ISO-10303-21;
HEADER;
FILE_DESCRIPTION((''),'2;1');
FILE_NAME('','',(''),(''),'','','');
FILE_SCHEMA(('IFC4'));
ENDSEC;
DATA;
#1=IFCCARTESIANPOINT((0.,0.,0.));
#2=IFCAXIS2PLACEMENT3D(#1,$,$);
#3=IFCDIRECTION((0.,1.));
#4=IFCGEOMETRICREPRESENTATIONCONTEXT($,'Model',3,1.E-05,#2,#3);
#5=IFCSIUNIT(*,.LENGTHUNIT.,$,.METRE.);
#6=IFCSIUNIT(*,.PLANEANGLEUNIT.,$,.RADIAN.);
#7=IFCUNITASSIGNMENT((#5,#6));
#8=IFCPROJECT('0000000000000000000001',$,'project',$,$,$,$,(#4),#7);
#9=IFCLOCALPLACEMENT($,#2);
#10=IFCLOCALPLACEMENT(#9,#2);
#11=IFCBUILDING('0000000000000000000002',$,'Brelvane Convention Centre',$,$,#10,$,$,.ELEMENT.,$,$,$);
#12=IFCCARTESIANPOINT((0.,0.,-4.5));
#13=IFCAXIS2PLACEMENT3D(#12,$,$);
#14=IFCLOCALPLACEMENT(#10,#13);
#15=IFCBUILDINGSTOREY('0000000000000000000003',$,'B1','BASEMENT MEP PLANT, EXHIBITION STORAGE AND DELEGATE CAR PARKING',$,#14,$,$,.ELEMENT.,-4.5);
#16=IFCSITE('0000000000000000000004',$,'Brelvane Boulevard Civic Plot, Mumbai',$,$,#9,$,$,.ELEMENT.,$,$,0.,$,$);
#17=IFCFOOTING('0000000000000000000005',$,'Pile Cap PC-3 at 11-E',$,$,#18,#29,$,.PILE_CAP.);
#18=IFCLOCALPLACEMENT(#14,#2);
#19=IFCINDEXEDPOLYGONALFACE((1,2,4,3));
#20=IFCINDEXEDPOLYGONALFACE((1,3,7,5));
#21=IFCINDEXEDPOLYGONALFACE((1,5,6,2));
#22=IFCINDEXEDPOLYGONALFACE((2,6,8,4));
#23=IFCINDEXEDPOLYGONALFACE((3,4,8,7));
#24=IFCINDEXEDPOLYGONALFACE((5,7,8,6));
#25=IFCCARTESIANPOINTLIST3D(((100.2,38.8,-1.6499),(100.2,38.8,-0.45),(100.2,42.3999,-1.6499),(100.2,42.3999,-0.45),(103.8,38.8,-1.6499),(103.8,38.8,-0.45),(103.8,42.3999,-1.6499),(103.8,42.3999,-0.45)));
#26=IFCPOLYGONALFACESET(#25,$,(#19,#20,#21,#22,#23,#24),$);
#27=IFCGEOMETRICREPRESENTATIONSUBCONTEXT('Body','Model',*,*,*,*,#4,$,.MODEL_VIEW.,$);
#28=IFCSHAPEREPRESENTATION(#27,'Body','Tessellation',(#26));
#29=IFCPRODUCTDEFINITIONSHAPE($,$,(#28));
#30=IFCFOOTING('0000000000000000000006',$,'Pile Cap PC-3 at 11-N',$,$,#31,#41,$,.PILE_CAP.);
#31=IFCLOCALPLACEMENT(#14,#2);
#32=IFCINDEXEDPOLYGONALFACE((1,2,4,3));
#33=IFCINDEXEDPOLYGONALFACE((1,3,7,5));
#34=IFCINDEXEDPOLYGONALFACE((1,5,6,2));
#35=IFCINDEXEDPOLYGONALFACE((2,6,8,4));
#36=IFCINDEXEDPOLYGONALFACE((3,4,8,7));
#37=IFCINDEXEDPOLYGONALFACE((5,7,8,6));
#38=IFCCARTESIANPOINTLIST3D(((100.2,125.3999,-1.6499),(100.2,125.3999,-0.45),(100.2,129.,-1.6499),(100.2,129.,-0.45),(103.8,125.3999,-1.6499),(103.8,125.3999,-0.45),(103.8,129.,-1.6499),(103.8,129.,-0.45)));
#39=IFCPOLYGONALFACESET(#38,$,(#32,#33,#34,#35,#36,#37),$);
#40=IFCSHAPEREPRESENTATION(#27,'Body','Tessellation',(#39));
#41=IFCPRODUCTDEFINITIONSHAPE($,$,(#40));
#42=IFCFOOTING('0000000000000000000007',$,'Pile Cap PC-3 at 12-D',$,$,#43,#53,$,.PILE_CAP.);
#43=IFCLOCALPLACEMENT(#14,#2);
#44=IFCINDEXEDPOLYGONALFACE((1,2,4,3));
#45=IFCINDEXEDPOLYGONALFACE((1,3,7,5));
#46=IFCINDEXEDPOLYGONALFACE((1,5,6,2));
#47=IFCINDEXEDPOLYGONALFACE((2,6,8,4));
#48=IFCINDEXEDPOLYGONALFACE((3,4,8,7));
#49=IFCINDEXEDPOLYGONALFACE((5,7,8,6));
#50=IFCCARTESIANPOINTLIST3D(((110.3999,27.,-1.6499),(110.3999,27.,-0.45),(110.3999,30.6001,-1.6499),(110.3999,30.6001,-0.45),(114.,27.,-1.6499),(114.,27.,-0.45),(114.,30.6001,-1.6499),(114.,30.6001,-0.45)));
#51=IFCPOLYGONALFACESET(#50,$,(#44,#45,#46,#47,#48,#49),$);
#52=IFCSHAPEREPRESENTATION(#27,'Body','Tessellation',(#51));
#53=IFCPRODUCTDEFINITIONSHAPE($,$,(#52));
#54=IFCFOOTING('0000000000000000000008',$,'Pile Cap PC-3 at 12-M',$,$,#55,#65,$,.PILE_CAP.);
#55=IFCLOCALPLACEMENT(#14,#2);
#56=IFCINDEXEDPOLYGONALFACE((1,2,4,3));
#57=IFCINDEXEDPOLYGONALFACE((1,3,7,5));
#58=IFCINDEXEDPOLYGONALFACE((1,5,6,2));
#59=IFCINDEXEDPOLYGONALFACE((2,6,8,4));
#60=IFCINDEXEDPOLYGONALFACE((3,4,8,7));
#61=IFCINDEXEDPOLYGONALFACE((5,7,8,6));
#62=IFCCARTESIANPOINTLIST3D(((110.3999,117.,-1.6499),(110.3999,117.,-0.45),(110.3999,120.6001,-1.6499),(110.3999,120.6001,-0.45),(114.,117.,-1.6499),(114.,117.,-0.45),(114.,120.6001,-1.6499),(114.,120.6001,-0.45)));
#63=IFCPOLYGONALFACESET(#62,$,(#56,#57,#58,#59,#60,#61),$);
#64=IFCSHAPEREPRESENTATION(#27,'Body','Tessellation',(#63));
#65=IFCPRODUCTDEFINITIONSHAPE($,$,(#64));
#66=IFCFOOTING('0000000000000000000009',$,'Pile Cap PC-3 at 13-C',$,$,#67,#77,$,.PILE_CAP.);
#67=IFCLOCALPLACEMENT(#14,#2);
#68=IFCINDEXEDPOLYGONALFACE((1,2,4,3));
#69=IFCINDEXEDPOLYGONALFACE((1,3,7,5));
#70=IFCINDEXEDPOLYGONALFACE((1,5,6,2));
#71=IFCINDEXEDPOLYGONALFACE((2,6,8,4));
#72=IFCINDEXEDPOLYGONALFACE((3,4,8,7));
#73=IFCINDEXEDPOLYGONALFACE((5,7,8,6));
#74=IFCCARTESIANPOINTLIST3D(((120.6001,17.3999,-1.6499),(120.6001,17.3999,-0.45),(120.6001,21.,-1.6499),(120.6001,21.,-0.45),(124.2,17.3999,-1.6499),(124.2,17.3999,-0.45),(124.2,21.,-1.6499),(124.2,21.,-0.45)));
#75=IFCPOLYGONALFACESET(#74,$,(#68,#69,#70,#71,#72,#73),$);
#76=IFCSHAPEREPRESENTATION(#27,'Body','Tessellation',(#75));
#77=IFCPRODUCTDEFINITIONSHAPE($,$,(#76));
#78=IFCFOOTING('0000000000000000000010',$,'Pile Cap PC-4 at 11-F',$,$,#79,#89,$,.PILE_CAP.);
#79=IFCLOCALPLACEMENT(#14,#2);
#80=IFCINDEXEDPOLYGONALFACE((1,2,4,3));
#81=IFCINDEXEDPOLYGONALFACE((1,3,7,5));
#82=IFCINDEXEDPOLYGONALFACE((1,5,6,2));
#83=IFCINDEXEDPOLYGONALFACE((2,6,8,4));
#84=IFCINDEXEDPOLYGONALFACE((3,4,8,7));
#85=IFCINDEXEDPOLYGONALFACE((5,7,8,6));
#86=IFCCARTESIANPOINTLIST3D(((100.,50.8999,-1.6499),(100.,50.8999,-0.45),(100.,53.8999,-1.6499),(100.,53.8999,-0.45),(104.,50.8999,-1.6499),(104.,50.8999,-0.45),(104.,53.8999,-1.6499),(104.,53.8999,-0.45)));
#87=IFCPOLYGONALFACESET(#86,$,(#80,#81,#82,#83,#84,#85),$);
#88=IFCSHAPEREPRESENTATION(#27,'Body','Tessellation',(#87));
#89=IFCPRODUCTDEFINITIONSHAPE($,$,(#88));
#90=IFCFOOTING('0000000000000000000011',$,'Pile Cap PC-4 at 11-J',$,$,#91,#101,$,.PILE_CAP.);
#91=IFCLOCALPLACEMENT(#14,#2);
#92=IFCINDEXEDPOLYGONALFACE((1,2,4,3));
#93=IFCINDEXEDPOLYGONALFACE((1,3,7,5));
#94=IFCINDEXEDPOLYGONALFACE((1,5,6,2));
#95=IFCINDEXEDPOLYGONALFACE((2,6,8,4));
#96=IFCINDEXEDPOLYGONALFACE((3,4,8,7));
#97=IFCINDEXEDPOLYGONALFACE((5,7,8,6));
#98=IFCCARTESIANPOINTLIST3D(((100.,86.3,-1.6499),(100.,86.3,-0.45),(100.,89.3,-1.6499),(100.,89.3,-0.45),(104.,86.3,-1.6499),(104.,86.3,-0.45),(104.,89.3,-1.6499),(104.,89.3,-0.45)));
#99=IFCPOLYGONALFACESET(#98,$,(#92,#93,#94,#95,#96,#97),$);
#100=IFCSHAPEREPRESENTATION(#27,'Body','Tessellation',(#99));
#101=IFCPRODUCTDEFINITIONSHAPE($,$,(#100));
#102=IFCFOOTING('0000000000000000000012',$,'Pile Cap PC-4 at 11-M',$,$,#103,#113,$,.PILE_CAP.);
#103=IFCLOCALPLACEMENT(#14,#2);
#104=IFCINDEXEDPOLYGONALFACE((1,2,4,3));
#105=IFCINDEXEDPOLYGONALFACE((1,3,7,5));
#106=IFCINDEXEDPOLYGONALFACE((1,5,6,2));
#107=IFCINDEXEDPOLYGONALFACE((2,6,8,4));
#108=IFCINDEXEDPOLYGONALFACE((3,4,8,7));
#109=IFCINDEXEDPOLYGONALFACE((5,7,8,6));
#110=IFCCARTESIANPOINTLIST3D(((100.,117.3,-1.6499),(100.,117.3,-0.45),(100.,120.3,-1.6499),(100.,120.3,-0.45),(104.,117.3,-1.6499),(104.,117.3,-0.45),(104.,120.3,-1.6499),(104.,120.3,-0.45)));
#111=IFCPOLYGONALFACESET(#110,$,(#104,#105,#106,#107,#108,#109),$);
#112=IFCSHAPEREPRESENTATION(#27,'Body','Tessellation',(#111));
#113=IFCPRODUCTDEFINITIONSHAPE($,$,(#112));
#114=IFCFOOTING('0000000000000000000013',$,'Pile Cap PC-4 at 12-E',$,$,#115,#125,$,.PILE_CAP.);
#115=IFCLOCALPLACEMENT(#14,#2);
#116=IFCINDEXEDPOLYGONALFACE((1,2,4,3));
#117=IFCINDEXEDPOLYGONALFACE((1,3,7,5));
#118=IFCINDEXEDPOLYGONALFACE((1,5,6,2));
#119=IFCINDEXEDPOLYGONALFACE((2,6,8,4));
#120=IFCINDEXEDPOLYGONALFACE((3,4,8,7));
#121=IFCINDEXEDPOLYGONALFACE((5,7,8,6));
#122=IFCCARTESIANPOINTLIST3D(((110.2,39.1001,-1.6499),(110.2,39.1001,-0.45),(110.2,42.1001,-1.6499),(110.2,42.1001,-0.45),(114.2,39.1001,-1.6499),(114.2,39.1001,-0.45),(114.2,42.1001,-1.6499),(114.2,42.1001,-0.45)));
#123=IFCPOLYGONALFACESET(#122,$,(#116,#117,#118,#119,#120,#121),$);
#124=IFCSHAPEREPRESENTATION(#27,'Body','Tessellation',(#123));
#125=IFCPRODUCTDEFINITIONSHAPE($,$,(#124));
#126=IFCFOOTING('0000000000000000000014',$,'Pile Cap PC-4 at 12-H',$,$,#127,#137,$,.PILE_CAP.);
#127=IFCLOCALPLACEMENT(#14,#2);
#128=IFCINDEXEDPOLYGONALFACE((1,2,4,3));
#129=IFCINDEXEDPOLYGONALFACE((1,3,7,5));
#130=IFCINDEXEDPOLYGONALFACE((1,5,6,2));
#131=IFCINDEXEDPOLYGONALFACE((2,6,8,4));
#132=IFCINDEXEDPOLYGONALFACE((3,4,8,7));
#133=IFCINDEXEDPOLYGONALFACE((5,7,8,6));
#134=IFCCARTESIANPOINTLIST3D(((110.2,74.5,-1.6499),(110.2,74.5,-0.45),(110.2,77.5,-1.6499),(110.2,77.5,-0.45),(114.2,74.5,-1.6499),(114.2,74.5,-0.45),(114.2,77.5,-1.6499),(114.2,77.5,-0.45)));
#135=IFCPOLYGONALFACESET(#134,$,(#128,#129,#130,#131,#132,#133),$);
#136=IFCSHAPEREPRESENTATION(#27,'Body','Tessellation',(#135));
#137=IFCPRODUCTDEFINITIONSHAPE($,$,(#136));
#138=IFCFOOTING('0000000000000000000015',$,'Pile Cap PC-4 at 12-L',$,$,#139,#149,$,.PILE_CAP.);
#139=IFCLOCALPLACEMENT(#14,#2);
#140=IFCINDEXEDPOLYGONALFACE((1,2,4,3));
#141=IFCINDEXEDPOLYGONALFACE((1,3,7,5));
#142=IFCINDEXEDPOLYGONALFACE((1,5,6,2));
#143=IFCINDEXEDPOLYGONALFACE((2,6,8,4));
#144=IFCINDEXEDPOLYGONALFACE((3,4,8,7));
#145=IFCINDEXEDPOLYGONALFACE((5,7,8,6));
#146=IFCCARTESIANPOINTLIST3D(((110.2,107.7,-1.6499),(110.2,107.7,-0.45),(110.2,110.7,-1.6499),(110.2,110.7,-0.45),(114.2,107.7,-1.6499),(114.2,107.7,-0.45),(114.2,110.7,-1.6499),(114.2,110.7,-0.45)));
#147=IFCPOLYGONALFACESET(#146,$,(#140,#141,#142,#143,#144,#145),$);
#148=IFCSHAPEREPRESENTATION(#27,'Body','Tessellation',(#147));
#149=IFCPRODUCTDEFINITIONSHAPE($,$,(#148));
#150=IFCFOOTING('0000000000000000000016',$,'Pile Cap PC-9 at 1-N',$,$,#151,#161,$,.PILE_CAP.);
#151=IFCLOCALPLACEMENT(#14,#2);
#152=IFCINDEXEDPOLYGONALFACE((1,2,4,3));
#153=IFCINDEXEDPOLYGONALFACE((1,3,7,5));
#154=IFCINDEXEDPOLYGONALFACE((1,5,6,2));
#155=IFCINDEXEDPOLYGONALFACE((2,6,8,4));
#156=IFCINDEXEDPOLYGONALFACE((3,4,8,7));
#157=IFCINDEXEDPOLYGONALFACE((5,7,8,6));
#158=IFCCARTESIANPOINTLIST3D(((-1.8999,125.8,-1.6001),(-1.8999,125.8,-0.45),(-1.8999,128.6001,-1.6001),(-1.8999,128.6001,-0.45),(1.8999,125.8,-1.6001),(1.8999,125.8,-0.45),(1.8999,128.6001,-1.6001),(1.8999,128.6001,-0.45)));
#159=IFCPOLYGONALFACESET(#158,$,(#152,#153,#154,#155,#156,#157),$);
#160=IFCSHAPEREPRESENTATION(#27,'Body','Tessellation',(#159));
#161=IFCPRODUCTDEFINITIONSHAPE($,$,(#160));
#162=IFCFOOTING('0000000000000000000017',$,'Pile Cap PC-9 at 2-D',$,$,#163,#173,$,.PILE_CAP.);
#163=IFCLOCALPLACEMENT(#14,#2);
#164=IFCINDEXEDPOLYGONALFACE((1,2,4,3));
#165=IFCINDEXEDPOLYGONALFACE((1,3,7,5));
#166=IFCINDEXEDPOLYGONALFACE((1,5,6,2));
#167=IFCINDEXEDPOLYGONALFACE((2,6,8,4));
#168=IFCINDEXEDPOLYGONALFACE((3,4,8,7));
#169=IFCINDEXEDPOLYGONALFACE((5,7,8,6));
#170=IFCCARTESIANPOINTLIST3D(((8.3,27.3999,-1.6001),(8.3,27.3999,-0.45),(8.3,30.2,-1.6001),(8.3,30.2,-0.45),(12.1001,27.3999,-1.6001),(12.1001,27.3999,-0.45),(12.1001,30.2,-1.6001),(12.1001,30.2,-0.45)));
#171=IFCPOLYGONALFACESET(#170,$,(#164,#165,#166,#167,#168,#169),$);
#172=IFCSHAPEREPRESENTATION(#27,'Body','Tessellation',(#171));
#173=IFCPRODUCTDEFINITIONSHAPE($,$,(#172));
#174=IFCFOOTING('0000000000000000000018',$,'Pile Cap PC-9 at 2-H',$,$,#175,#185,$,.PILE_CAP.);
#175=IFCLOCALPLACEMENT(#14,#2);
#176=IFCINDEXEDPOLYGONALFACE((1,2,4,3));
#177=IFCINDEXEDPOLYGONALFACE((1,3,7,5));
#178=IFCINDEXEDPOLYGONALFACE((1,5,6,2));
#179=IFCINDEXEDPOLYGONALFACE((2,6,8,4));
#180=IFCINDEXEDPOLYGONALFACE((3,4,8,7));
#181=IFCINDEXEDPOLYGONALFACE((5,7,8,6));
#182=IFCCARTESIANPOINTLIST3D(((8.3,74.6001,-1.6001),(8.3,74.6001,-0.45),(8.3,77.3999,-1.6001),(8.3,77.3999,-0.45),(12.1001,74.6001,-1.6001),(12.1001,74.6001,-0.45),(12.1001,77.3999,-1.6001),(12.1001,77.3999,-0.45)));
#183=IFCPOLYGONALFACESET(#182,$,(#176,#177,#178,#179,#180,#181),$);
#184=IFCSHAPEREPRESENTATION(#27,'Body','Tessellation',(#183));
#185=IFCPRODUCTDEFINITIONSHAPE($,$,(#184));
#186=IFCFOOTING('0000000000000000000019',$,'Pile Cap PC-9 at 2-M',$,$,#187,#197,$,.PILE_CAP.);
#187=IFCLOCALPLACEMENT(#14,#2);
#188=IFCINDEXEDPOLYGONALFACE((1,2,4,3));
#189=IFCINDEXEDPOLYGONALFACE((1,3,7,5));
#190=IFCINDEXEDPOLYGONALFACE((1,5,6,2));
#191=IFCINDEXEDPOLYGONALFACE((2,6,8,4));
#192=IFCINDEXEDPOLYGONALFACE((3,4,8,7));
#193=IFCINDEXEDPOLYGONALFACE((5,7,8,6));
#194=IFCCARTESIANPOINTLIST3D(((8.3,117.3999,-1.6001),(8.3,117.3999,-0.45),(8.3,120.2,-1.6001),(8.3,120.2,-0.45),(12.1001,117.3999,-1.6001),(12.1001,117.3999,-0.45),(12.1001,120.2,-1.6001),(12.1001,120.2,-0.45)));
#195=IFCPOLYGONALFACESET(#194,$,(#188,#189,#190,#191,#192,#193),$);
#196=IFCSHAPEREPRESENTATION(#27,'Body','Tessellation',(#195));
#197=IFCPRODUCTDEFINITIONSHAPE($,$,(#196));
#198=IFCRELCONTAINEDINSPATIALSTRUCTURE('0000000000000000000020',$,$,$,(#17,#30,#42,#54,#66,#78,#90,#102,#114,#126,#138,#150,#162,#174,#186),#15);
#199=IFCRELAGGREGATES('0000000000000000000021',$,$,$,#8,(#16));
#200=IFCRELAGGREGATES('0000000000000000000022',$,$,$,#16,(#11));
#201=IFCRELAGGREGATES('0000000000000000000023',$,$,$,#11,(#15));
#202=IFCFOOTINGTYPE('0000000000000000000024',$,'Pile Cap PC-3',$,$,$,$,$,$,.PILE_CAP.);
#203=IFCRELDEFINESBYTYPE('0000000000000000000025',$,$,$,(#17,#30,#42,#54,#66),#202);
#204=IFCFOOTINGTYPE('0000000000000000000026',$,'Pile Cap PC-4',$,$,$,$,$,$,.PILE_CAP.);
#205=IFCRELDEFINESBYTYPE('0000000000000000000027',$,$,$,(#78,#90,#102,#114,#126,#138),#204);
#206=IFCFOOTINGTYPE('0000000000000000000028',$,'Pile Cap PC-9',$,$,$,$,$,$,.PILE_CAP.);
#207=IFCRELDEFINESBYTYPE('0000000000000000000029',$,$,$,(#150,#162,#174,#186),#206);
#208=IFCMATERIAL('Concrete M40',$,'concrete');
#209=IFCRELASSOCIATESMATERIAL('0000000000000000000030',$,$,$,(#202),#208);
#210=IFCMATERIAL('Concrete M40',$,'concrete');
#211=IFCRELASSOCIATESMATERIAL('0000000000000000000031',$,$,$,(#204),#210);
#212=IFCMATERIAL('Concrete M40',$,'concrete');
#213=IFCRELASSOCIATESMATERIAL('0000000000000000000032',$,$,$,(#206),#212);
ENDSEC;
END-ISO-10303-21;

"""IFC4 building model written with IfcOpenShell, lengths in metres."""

from ifc_helpers import new_model, si_unit, direction, frame, origin, place, context, subcontext, project, spatial, polyline, outline, extrude, material, type_object, element, save


model = new_model("IFC4")

# Units and contexts
model_context = context("Model", 3, precision=1e-05, world=origin(), true_north=direction((0.0, 1.0)))
body_context = subcontext(model_context, "Body", "Model", "MODEL_VIEW")
ifc_project = project(units=[si_unit("LENGTHUNIT", "METRE"), si_unit("PLANEANGLEUNIT", "RADIAN")], contexts=[model_context])

# Site, building, storey
site_placement = place(None, origin())
site = spatial("IfcSite", under=ifc_project, at=site_placement, Name="Brelvane Boulevard Civic Plot, Mumbai", CompositionType="ELEMENT", RefElevation=0.0)
building_placement = place(site_placement, origin())
building = spatial("IfcBuilding", under=site, at=building_placement, Name="Brelvane Convention Centre", CompositionType="ELEMENT")
storey_placement = place(building_placement, frame((0.0, 0.0, -4.5)))
storey = spatial("IfcBuildingStorey", under=building, at=storey_placement, Name="B1", Description="BASEMENT MEP PLANT, EXHIBITION STORAGE AND DELEGATE CAR PARKING", CompositionType="ELEMENT", Elevation=-4.5)

# Footings
ifc_material_1 = material(Name="Concrete M40", Category="concrete")
footing_type_1 = type_object("IfcFootingType", Name="Pile Cap PC-3", PredefinedType="PILE_CAP", material=ifc_material_1)
footing_1_placement = place(storey_placement, frame((0.0, 0.0, -1.6499)))
element("IfcFooting", 1, at=footing_1_placement, inside=storey, type_object=footing_type_1, Name="Pile Cap PC-3 at 11-E", PredefinedType="PILE_CAP", context=body_context, shape_type="SweptSolid", body=[
    extrude(outline(polyline([(100.2, 38.8), (103.8, 38.8), (103.8, 42.3999), (100.2, 42.3999), (100.2, 38.8)])), origin(), (0.0, 0.0, 1.0), 1.2),
])
footing_2_placement = place(storey_placement, frame((0.0, 0.0, -1.6499)))
element("IfcFooting", 2, at=footing_2_placement, inside=storey, type_object=footing_type_1, Name="Pile Cap PC-3 at 11-N", PredefinedType="PILE_CAP", context=body_context, shape_type="SweptSolid", body=[
    extrude(outline(polyline([(100.2, 125.3999), (103.8, 125.3999), (103.8, 129.0), (100.2, 129.0), (100.2, 125.3999)])), origin(), (0.0, 0.0, 1.0), 1.2),
])
footing_3_placement = place(storey_placement, frame((0.0, 0.0, -1.6499)))
element("IfcFooting", 3, at=footing_3_placement, inside=storey, type_object=footing_type_1, Name="Pile Cap PC-3 at 12-D", PredefinedType="PILE_CAP", context=body_context, shape_type="SweptSolid", body=[
    extrude(outline(polyline([(110.3999, 27.0), (114.0, 27.0), (114.0, 30.6001), (110.3999, 30.6001), (110.3999, 27.0)])), origin(), (0.0, 0.0, 1.0), 1.2),
])
footing_4_placement = place(storey_placement, frame((0.0, 0.0, -1.6499)))
element("IfcFooting", 4, at=footing_4_placement, inside=storey, type_object=footing_type_1, Name="Pile Cap PC-3 at 12-M", PredefinedType="PILE_CAP", context=body_context, shape_type="SweptSolid", body=[
    extrude(outline(polyline([(110.3999, 117.0), (114.0, 117.0), (114.0, 120.6001), (110.3999, 120.6001), (110.3999, 117.0)])), origin(), (0.0, 0.0, 1.0), 1.2),
])
footing_5_placement = place(storey_placement, frame((0.0, 0.0, -1.6499)))
element("IfcFooting", 5, at=footing_5_placement, inside=storey, type_object=footing_type_1, Name="Pile Cap PC-3 at 13-C", PredefinedType="PILE_CAP", context=body_context, shape_type="SweptSolid", body=[
    extrude(outline(polyline([(120.6001, 17.3999), (124.2, 17.3999), (124.2, 21.0), (120.6001, 21.0), (120.6001, 17.3999)])), origin(), (0.0, 0.0, 1.0), 1.2),
])
ifc_material_2 = material(Name="Concrete M40", Category="concrete")
footing_type_2 = type_object("IfcFootingType", Name="Pile Cap PC-4", PredefinedType="PILE_CAP", material=ifc_material_2)
footing_6_placement = place(storey_placement, frame((0.0, 0.0, -1.6499)))
element("IfcFooting", 6, at=footing_6_placement, inside=storey, type_object=footing_type_2, Name="Pile Cap PC-4 at 11-F", PredefinedType="PILE_CAP", context=body_context, shape_type="SweptSolid", body=[
    extrude(outline(polyline([(100.0, 50.8999), (104.0, 50.8999), (104.0, 53.8999), (100.0, 53.8999), (100.0, 50.8999)])), origin(), (0.0, 0.0, 1.0), 1.2),
])
footing_7_placement = place(storey_placement, frame((0.0, 0.0, -1.6499)))
element("IfcFooting", 7, at=footing_7_placement, inside=storey, type_object=footing_type_2, Name="Pile Cap PC-4 at 11-J", PredefinedType="PILE_CAP", context=body_context, shape_type="SweptSolid", body=[
    extrude(outline(polyline([(100.0, 86.3), (104.0, 86.3), (104.0, 89.3), (100.0, 89.3), (100.0, 86.3)])), origin(), (0.0, 0.0, 1.0), 1.2),
])
footing_8_placement = place(storey_placement, frame((0.0, 0.0, -1.6499)))
element("IfcFooting", 8, at=footing_8_placement, inside=storey, type_object=footing_type_2, Name="Pile Cap PC-4 at 11-M", PredefinedType="PILE_CAP", context=body_context, shape_type="SweptSolid", body=[
    extrude(outline(polyline([(100.0, 117.3), (104.0, 117.3), (104.0, 120.3), (100.0, 120.3), (100.0, 117.3)])), origin(), (0.0, 0.0, 1.0), 1.2),
])
footing_9_placement = place(storey_placement, frame((0.0, 0.0, -1.6499)))
element("IfcFooting", 9, at=footing_9_placement, inside=storey, type_object=footing_type_2, Name="Pile Cap PC-4 at 12-E", PredefinedType="PILE_CAP", context=body_context, shape_type="SweptSolid", body=[
    extrude(outline(polyline([(110.2, 39.1001), (114.2, 39.1001), (114.2, 42.1001), (110.2, 42.1001), (110.2, 39.1001)])), origin(), (0.0, 0.0, 1.0), 1.2),
])
footing_10_placement = place(storey_placement, frame((0.0, 0.0, -1.6499)))
element("IfcFooting", 10, at=footing_10_placement, inside=storey, type_object=footing_type_2, Name="Pile Cap PC-4 at 12-H", PredefinedType="PILE_CAP", context=body_context, shape_type="SweptSolid", body=[
    extrude(outline(polyline([(110.2, 74.5), (114.2, 74.5), (114.2, 77.5), (110.2, 77.5), (110.2, 74.5)])), origin(), (0.0, 0.0, 1.0), 1.2),
])
footing_11_placement = place(storey_placement, frame((0.0, 0.0, -1.6499)))
element("IfcFooting", 11, at=footing_11_placement, inside=storey, type_object=footing_type_2, Name="Pile Cap PC-4 at 12-L", PredefinedType="PILE_CAP", context=body_context, shape_type="SweptSolid", body=[
    extrude(outline(polyline([(110.2, 107.7), (114.2, 107.7), (114.2, 110.7), (110.2, 110.7), (110.2, 107.7)])), origin(), (0.0, 0.0, 1.0), 1.2),
])
ifc_material_3 = material(Name="Concrete M40", Category="concrete")
footing_type_3 = type_object("IfcFootingType", Name="Pile Cap PC-9", PredefinedType="PILE_CAP", material=ifc_material_3)
footing_12_placement = place(storey_placement, frame((0.0, 0.0, -1.6001)))
element("IfcFooting", 12, at=footing_12_placement, inside=storey, type_object=footing_type_3, Name="Pile Cap PC-9 at 1-N", PredefinedType="PILE_CAP", context=body_context, shape_type="SweptSolid", body=[
    extrude(outline(polyline([(-1.8999, 125.8), (1.8999, 125.8), (1.8999, 128.6001), (-1.8999, 128.6001), (-1.8999, 125.8)])), origin(), (0.0, 0.0, 1.0), 1.1501),
])
footing_13_placement = place(storey_placement, frame((0.0, 0.0, -1.6001)))
element("IfcFooting", 13, at=footing_13_placement, inside=storey, type_object=footing_type_3, Name="Pile Cap PC-9 at 2-D", PredefinedType="PILE_CAP", context=body_context, shape_type="SweptSolid", body=[
    extrude(outline(polyline([(8.3, 27.3999), (12.1001, 27.3999), (12.1001, 30.2), (8.3, 30.2), (8.3, 27.3999)])), origin(), (0.0, 0.0, 1.0), 1.1501),
])
footing_14_placement = place(storey_placement, frame((0.0, 0.0, -1.6001)))
element("IfcFooting", 14, at=footing_14_placement, inside=storey, type_object=footing_type_3, Name="Pile Cap PC-9 at 2-H", PredefinedType="PILE_CAP", context=body_context, shape_type="SweptSolid", body=[
    extrude(outline(polyline([(8.3, 74.6001), (12.1001, 74.6001), (12.1001, 77.3999), (8.3, 77.3999), (8.3, 74.6001)])), origin(), (0.0, 0.0, 1.0), 1.1501),
])
footing_15_placement = place(storey_placement, frame((0.0, 0.0, -1.6001)))
element("IfcFooting", 15, at=footing_15_placement, inside=storey, type_object=footing_type_3, Name="Pile Cap PC-9 at 2-M", PredefinedType="PILE_CAP", context=body_context, shape_type="SweptSolid", body=[
    extrude(outline(polyline([(8.3, 117.3999), (12.1001, 117.3999), (12.1001, 120.2), (8.3, 120.2), (8.3, 117.3999)])), origin(), (0.0, 0.0, 1.0), 1.1501),
])

save(model, "model.ifc")
